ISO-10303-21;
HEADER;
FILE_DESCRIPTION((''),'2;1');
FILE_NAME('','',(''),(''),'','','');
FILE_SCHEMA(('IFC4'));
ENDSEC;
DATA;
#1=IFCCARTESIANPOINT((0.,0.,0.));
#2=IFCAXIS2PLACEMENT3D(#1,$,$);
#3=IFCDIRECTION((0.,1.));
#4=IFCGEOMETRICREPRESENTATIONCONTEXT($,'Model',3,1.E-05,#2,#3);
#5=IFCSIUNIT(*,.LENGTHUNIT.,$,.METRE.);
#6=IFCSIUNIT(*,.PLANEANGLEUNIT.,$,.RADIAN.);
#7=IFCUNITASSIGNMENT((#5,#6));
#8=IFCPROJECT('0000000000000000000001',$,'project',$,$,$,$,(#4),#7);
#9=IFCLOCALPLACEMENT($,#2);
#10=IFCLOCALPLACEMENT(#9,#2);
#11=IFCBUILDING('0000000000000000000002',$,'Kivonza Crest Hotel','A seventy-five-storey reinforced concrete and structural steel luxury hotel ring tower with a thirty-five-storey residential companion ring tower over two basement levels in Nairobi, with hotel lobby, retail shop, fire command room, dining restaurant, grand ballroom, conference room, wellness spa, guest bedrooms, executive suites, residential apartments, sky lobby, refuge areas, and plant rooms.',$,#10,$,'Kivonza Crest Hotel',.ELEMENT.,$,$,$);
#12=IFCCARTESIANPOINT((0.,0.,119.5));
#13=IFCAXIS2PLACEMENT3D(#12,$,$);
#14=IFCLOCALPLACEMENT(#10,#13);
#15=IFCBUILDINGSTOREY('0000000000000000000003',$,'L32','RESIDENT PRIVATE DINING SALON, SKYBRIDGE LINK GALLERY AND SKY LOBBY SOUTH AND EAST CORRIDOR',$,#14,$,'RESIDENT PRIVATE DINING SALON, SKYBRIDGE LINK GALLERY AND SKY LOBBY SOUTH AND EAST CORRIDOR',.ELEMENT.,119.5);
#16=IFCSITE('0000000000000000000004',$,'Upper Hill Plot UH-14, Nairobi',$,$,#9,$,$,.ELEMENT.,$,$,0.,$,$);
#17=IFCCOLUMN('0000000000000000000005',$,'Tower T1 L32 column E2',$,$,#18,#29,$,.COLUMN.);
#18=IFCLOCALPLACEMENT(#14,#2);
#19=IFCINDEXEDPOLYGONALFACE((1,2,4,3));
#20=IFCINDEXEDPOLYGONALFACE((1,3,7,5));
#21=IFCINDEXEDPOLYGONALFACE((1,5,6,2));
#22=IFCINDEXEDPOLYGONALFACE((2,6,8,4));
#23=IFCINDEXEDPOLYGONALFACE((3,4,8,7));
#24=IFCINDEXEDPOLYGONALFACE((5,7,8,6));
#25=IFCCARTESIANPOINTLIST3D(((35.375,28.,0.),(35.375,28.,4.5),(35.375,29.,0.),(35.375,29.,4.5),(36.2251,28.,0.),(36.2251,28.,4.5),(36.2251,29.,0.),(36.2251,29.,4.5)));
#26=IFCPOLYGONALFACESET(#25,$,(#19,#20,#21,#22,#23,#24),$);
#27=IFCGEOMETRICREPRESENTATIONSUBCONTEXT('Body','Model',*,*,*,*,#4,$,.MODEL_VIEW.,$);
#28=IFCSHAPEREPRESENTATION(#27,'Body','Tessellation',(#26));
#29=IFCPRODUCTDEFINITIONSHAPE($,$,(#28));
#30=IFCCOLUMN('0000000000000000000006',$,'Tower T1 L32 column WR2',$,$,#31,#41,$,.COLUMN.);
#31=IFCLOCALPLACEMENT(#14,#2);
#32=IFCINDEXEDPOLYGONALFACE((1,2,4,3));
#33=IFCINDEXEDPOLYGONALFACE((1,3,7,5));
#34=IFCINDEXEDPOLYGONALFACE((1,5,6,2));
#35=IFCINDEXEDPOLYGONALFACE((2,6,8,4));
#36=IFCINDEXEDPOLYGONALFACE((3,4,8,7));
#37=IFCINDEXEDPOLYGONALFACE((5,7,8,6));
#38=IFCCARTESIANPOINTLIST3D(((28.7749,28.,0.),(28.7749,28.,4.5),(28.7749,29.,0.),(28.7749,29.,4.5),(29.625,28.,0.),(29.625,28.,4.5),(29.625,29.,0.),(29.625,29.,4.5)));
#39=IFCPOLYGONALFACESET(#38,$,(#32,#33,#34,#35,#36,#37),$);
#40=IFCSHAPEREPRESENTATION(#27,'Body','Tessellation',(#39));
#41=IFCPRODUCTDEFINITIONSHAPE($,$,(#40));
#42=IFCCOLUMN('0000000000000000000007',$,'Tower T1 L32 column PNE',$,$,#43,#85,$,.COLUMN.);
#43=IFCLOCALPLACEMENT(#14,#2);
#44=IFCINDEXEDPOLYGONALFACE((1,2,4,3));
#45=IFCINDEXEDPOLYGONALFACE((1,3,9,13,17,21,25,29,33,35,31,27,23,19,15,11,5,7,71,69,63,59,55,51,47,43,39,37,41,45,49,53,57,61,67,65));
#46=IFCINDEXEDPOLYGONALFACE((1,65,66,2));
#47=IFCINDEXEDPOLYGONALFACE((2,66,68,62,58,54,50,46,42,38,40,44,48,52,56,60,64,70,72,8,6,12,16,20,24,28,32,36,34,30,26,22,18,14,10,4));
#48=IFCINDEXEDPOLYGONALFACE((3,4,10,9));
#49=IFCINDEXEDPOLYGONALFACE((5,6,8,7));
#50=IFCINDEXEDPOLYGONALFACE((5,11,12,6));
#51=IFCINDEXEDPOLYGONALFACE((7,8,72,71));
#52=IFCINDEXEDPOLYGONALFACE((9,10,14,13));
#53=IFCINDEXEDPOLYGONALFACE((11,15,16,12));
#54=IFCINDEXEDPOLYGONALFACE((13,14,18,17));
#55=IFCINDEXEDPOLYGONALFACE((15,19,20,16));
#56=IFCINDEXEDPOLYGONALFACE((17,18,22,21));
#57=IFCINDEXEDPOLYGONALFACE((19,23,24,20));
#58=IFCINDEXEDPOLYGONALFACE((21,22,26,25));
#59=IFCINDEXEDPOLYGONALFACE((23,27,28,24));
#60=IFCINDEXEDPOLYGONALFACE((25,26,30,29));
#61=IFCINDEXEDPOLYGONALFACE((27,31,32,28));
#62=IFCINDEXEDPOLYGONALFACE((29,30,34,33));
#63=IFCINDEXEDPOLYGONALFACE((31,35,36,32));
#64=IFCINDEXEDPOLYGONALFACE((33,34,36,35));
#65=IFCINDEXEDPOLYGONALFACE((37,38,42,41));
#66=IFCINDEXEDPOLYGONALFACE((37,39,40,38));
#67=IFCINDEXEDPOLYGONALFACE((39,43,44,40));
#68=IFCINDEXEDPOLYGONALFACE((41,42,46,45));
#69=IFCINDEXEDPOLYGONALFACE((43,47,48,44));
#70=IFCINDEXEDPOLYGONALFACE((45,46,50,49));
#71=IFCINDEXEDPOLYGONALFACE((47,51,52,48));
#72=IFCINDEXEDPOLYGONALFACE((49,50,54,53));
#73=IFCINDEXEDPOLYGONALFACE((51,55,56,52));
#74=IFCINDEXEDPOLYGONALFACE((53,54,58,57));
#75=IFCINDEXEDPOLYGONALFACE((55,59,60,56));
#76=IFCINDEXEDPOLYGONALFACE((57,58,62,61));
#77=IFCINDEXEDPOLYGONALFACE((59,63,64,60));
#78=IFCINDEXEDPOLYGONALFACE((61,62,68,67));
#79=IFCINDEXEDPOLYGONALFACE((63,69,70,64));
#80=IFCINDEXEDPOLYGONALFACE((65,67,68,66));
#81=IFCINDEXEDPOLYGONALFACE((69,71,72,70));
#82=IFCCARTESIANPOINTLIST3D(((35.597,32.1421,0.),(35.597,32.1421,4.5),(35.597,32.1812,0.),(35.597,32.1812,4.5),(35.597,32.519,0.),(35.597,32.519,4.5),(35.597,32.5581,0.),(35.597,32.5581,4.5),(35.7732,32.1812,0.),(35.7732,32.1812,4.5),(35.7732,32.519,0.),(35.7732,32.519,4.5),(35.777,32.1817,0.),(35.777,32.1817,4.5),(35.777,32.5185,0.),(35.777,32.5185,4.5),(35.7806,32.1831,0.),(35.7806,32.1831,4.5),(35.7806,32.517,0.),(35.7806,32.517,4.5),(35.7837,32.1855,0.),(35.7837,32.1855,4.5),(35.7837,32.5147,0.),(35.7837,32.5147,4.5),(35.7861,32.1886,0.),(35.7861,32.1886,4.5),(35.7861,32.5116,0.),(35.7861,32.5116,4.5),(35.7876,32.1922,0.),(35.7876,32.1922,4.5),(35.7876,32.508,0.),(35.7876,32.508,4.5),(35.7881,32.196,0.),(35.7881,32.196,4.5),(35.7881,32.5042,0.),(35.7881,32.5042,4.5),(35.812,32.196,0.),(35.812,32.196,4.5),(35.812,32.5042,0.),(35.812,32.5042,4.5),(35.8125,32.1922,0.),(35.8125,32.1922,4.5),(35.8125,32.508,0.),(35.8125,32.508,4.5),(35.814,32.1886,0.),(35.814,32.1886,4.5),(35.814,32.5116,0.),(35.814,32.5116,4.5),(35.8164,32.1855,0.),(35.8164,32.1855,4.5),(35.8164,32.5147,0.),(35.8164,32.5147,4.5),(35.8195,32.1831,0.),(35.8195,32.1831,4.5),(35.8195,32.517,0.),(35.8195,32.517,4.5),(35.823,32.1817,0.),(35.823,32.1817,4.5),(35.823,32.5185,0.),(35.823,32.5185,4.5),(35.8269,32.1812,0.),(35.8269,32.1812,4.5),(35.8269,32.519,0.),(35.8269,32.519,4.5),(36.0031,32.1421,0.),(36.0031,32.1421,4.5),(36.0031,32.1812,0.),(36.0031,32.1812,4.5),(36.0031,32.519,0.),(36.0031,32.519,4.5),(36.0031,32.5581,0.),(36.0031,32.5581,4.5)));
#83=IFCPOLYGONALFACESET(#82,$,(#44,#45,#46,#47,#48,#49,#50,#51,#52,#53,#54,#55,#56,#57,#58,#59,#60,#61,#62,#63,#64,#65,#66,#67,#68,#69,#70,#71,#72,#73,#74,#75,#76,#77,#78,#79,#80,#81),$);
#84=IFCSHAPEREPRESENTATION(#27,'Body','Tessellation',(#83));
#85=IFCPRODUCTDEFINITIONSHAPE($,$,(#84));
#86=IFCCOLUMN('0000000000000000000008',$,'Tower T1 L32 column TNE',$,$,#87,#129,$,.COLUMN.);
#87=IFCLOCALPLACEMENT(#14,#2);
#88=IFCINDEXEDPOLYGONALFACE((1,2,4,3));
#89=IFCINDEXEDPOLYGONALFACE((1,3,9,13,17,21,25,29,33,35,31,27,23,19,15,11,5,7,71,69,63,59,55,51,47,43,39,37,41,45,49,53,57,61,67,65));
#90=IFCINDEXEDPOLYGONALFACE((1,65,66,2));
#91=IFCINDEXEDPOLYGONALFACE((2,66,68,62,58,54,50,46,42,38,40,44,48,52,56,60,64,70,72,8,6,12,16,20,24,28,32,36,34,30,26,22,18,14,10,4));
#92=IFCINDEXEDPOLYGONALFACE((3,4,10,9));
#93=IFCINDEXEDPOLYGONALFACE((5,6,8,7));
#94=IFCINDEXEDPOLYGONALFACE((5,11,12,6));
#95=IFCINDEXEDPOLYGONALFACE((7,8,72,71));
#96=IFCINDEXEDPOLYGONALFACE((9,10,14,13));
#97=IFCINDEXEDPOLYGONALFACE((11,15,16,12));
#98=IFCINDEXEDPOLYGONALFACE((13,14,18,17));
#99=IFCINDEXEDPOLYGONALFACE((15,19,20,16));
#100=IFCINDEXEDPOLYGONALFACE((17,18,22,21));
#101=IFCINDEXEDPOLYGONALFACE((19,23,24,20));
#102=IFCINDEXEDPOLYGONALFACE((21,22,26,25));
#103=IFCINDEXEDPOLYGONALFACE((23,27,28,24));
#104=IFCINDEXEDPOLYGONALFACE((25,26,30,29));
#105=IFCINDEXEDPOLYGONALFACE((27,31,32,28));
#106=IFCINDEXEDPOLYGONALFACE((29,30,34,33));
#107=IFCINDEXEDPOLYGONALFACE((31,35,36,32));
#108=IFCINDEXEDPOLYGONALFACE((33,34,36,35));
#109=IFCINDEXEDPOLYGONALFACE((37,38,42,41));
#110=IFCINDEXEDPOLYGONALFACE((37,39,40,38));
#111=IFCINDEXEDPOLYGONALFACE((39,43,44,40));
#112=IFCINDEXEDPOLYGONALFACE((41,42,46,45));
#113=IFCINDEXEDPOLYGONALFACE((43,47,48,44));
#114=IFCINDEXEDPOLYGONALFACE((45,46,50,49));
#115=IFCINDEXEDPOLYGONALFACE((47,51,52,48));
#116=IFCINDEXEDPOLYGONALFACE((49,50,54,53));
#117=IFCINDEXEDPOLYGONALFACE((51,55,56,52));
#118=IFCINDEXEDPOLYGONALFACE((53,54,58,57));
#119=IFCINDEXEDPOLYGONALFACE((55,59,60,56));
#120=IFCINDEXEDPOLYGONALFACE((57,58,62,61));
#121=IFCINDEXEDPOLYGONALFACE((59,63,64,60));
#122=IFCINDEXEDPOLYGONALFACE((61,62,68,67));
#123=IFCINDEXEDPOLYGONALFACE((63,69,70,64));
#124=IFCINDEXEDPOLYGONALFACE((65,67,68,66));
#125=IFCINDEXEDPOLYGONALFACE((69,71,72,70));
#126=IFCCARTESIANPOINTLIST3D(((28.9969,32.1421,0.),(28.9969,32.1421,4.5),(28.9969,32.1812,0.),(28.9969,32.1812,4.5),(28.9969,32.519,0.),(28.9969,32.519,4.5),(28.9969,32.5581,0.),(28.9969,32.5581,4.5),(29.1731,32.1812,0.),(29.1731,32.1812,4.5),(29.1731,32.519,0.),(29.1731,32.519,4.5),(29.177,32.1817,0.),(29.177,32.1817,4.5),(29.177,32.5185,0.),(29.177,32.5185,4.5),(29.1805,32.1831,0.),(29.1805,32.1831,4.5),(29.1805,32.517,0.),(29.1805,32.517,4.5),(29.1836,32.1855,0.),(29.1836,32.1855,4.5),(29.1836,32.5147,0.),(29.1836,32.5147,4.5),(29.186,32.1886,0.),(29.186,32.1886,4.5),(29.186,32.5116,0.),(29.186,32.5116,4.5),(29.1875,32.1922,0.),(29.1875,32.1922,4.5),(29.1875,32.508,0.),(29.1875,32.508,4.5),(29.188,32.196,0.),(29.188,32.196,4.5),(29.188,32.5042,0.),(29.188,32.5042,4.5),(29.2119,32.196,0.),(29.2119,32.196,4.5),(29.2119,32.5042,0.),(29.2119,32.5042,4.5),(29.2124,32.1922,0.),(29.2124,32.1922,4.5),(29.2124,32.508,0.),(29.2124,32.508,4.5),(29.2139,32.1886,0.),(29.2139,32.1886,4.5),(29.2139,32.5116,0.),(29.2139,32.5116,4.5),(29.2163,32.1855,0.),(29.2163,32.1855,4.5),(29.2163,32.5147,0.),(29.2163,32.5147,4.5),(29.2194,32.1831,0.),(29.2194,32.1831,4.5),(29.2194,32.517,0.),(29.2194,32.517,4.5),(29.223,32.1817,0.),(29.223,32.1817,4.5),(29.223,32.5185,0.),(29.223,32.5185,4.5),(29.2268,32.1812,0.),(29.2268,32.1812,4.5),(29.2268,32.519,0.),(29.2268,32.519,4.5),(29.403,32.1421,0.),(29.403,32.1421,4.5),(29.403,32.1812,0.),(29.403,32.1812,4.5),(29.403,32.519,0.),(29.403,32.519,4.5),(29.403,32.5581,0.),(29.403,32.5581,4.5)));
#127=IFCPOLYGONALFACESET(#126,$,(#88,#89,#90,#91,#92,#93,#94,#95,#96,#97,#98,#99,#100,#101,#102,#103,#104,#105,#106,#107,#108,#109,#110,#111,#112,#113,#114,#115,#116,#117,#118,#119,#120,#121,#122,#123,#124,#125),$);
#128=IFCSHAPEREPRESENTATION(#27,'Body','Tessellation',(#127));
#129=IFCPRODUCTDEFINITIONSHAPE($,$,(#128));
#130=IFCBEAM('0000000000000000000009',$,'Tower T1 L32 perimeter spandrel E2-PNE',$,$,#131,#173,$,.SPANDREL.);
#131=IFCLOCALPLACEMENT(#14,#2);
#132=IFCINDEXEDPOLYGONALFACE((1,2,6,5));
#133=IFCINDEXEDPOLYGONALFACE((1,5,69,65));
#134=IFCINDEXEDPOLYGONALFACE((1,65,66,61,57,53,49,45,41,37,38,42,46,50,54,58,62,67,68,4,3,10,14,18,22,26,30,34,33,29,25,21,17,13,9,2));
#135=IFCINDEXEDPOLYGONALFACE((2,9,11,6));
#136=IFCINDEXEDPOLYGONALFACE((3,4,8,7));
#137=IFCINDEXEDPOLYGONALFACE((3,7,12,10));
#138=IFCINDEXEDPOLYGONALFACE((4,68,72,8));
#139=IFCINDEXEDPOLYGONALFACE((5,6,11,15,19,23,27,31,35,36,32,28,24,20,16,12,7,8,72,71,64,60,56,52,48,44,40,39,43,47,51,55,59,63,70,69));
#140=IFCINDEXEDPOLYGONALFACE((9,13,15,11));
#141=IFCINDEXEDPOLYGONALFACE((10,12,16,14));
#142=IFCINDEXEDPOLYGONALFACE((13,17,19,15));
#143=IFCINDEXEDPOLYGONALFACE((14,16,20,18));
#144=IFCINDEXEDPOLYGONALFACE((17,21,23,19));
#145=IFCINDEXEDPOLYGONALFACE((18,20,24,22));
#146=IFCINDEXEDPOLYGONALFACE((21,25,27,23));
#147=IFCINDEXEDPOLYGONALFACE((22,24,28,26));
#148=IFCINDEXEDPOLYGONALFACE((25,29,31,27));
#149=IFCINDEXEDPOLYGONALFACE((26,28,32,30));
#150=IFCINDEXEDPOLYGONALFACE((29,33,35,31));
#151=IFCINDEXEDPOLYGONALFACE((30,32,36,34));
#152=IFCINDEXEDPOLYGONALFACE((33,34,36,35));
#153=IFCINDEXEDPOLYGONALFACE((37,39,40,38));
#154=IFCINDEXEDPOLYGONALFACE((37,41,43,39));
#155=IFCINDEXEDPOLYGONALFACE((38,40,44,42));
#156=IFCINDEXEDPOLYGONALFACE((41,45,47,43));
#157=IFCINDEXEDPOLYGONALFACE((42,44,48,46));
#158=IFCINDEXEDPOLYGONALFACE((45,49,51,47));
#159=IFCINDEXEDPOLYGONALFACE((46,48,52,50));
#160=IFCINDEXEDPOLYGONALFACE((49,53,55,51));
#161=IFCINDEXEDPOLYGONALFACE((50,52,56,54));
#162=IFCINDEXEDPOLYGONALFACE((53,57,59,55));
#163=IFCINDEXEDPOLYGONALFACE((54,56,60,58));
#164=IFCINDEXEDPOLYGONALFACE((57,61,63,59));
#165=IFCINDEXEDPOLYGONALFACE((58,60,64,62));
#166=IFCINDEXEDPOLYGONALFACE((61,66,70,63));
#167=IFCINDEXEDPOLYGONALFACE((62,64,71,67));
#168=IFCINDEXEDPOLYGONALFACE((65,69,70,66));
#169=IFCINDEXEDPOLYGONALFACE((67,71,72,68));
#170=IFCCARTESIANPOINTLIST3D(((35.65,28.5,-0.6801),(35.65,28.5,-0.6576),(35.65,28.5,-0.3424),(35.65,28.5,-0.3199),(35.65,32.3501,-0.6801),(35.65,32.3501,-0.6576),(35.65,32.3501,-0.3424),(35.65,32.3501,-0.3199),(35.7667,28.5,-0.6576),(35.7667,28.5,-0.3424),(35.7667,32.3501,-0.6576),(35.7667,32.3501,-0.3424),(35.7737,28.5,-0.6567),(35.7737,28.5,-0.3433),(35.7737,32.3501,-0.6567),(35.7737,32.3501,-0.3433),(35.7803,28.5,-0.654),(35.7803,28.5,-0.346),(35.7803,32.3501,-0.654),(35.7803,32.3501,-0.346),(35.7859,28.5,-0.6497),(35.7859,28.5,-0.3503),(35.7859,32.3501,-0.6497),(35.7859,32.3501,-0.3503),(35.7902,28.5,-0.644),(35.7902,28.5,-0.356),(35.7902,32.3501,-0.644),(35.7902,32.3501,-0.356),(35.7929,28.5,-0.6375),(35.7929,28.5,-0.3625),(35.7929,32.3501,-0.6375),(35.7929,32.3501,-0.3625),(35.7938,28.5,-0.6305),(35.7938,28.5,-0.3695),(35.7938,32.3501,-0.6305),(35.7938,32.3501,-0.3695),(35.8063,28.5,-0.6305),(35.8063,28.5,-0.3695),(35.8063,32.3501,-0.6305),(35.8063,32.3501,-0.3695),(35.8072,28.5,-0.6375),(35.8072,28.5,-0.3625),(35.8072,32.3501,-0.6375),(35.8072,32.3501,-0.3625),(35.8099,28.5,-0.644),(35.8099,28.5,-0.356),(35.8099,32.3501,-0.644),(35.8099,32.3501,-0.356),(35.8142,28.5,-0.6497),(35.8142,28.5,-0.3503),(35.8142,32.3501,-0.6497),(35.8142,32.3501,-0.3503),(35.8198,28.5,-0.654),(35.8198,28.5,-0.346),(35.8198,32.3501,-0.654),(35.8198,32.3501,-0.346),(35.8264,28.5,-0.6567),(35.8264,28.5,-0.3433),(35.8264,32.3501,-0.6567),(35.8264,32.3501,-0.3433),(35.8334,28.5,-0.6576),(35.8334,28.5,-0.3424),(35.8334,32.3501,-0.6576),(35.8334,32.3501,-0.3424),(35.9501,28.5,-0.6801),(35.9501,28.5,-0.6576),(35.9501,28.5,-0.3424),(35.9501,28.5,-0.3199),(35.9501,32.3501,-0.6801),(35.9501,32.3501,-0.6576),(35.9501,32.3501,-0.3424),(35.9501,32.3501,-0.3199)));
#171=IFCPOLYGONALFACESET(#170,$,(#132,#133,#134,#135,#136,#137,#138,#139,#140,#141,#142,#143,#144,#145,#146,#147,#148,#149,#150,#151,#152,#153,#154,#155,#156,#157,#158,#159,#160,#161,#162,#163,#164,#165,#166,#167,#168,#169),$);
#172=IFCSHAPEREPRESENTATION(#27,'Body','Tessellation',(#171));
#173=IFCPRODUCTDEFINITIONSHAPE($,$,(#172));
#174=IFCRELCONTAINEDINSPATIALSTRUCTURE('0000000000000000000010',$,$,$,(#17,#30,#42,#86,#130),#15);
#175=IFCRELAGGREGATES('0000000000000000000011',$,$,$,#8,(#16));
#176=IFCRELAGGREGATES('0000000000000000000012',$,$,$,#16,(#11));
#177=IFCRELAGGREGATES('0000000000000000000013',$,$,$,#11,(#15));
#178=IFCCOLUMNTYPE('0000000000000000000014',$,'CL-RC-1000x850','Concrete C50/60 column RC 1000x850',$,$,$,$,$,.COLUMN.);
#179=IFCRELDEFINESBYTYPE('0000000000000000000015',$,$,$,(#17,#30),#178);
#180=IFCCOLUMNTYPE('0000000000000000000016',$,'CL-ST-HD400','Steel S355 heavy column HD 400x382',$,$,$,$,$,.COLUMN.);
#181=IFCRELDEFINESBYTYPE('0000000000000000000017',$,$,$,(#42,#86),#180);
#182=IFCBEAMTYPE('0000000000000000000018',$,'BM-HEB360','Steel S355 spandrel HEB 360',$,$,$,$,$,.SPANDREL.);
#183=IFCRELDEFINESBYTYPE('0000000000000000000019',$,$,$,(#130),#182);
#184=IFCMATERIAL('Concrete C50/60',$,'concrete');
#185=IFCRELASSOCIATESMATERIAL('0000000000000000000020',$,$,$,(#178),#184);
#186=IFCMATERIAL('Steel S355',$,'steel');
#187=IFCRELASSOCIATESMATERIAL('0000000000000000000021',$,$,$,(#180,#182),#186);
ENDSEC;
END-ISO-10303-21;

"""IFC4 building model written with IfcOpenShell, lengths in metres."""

from ifc_helpers import new_model, si_unit, direction, frame, origin, origin_2d, place, context, subcontext, project, spatial, rectangle, i_section, extrude, material, material_profile, profile_set, type_object, element, save


model = new_model("IFC4")

# Units and contexts
model_context = context("Model", 3, precision=1e-05, world=origin(), true_north=direction((0.0, 1.0)))
body_context = subcontext(model_context, "Body", "Model", "MODEL_VIEW")
ifc_project = project(units=[si_unit("LENGTHUNIT", "METRE"), si_unit("PLANEANGLEUNIT", "RADIAN")], contexts=[model_context])

# Site, building, storey
site_placement = place(None, origin())
site = spatial("IfcSite", under=ifc_project, at=site_placement, Name="Upper Hill Plot UH-14, Nairobi", CompositionType="ELEMENT", RefElevation=0.0)
building_placement = place(site_placement, origin())
building = spatial("IfcBuilding", under=site, at=building_placement, Name="Kivonza Crest Hotel", Description="A seventy-five-storey reinforced concrete and structural steel luxury hotel ring tower with a thirty-five-storey residential companion ring tower over two basement levels in Nairobi, with hotel lobby, retail shop, fire command room, dining restaurant, grand ballroom, conference room, wellness spa, guest bedrooms, executive suites, residential apartments, sky lobby, refuge areas, and plant rooms.", LongName="Kivonza Crest Hotel", CompositionType="ELEMENT")
storey_placement = place(building_placement, frame((0.0, 0.0, 119.5)))
storey = spatial("IfcBuildingStorey", under=building, at=storey_placement, Name="L32", Description="RESIDENT PRIVATE DINING SALON, SKYBRIDGE LINK GALLERY AND SKY LOBBY SOUTH AND EAST CORRIDOR", LongName="RESIDENT PRIVATE DINING SALON, SKYBRIDGE LINK GALLERY AND SKY LOBBY SOUTH AND EAST CORRIDOR", CompositionType="ELEMENT", Elevation=119.5)

# Columns
ifc_material_1 = material(Name="Concrete C50/60", Category="concrete")
ifc_material_profile_1 = material_profile(ifc_material_1, rectangle(XDim=0.8501, YDim=1.0, at=origin_2d()), Name="RC 1000x850")
ifc_profile_set_1 = profile_set([ifc_material_profile_1], Name="Concrete C50/60")
column_type_1 = type_object("IfcColumnType", Name="CL-RC-1000x850", Description="Concrete C50/60 column RC 1000x850", PredefinedType="COLUMN", material=ifc_profile_set_1)
for number, where, z_axis, x_axis, name in (
    (1, (35.8, 28.5, 0.0), (0.0, 0.0, 1.0), (1.0, 0.0, 0.0), "Tower T1 L32 column E2"),
    (2, (29.2, 28.5, 0.0), (0.0, 0.0, 1.0), (1.0, 0.0, 0.0), "Tower T1 L32 column WR2"),
):
    element("IfcColumn", number, at=place(storey_placement, frame(where, z_axis=z_axis, x_axis=x_axis)), inside=storey, type_object=column_type_1, Name=name, PredefinedType="COLUMN", context=body_context, shape_type="SweptSolid", body=[
        extrude(rectangle(XDim=0.8501, YDim=1.0, at=origin_2d()), origin(), (0.0, 0.0, 1.0), 4.5),
    ])
ifc_material_2 = material(Name="Steel S355", Category="steel")
ifc_material_profile_2 = material_profile(ifc_material_2, i_section(OverallWidth=0.406, OverallDepth=0.416, WebThickness=0.0239, FlangeThickness=0.0391, FilletRadius=0.0149, at=origin_2d()), Name="HD 400x382")
ifc_profile_set_2 = profile_set([ifc_material_profile_2], Name="Steel S355")
column_type_2 = type_object("IfcColumnType", Name="CL-ST-HD400", Description="Steel S355 heavy column HD 400x382", PredefinedType="COLUMN", material=ifc_profile_set_2)
for number, where, z_axis, x_axis, name in (
    (3, (35.8, 32.3501, 0.0), (0.0, 0.0, 1.0), (1.0, 0.0, 0.0), "Tower T1 L32 column PNE"),
    (4, (29.2, 32.3501, 0.0), (0.0, 0.0, 1.0), (1.0, 0.0, 0.0), "Tower T1 L32 column TNE"),
):
    element("IfcColumn", number, at=place(storey_placement, frame(where, z_axis=z_axis, x_axis=x_axis)), inside=storey, type_object=column_type_2, Name=name, PredefinedType="COLUMN", context=body_context, shape_type="SweptSolid", body=[
        extrude(i_section(OverallWidth=0.406, OverallDepth=0.416, WebThickness=0.0239, FlangeThickness=0.0391, FilletRadius=0.0149, at=origin_2d()), origin(), (0.0, 0.0, 1.0), 4.5),
    ])

# Beam
ifc_material_profile_3 = material_profile(ifc_material_2, i_section(OverallWidth=0.3, OverallDepth=0.3601, WebThickness=0.0125, FlangeThickness=0.0225, FilletRadius=0.0271, at=origin_2d()), Name="HEB 360")
ifc_profile_set_3 = profile_set([ifc_material_profile_3], Name="Steel S355")
beam_type_1 = type_object("IfcBeamType", Name="BM-HEB360", Description="Steel S355 spandrel HEB 360", PredefinedType="SPANDREL", material=ifc_profile_set_3)
beam_1_placement = place(storey_placement, frame((35.8, 28.5, -0.5), z_axis=(0.0, 1.0, 0.0), x_axis=(-1.0, 0.0, 0.0)))
element("IfcBeam", 5, at=beam_1_placement, inside=storey, type_object=beam_type_1, Name="Tower T1 L32 perimeter spandrel E2-PNE", PredefinedType="SPANDREL", context=body_context, shape_type="SweptSolid", body=[
    extrude(i_section(OverallWidth=0.3, OverallDepth=0.3601, WebThickness=0.0125, FlangeThickness=0.0225, FilletRadius=0.0271, at=origin_2d()), origin(), (0.0, 0.0, 1.0), 3.8501),
])

save(model, "model.ifc")
